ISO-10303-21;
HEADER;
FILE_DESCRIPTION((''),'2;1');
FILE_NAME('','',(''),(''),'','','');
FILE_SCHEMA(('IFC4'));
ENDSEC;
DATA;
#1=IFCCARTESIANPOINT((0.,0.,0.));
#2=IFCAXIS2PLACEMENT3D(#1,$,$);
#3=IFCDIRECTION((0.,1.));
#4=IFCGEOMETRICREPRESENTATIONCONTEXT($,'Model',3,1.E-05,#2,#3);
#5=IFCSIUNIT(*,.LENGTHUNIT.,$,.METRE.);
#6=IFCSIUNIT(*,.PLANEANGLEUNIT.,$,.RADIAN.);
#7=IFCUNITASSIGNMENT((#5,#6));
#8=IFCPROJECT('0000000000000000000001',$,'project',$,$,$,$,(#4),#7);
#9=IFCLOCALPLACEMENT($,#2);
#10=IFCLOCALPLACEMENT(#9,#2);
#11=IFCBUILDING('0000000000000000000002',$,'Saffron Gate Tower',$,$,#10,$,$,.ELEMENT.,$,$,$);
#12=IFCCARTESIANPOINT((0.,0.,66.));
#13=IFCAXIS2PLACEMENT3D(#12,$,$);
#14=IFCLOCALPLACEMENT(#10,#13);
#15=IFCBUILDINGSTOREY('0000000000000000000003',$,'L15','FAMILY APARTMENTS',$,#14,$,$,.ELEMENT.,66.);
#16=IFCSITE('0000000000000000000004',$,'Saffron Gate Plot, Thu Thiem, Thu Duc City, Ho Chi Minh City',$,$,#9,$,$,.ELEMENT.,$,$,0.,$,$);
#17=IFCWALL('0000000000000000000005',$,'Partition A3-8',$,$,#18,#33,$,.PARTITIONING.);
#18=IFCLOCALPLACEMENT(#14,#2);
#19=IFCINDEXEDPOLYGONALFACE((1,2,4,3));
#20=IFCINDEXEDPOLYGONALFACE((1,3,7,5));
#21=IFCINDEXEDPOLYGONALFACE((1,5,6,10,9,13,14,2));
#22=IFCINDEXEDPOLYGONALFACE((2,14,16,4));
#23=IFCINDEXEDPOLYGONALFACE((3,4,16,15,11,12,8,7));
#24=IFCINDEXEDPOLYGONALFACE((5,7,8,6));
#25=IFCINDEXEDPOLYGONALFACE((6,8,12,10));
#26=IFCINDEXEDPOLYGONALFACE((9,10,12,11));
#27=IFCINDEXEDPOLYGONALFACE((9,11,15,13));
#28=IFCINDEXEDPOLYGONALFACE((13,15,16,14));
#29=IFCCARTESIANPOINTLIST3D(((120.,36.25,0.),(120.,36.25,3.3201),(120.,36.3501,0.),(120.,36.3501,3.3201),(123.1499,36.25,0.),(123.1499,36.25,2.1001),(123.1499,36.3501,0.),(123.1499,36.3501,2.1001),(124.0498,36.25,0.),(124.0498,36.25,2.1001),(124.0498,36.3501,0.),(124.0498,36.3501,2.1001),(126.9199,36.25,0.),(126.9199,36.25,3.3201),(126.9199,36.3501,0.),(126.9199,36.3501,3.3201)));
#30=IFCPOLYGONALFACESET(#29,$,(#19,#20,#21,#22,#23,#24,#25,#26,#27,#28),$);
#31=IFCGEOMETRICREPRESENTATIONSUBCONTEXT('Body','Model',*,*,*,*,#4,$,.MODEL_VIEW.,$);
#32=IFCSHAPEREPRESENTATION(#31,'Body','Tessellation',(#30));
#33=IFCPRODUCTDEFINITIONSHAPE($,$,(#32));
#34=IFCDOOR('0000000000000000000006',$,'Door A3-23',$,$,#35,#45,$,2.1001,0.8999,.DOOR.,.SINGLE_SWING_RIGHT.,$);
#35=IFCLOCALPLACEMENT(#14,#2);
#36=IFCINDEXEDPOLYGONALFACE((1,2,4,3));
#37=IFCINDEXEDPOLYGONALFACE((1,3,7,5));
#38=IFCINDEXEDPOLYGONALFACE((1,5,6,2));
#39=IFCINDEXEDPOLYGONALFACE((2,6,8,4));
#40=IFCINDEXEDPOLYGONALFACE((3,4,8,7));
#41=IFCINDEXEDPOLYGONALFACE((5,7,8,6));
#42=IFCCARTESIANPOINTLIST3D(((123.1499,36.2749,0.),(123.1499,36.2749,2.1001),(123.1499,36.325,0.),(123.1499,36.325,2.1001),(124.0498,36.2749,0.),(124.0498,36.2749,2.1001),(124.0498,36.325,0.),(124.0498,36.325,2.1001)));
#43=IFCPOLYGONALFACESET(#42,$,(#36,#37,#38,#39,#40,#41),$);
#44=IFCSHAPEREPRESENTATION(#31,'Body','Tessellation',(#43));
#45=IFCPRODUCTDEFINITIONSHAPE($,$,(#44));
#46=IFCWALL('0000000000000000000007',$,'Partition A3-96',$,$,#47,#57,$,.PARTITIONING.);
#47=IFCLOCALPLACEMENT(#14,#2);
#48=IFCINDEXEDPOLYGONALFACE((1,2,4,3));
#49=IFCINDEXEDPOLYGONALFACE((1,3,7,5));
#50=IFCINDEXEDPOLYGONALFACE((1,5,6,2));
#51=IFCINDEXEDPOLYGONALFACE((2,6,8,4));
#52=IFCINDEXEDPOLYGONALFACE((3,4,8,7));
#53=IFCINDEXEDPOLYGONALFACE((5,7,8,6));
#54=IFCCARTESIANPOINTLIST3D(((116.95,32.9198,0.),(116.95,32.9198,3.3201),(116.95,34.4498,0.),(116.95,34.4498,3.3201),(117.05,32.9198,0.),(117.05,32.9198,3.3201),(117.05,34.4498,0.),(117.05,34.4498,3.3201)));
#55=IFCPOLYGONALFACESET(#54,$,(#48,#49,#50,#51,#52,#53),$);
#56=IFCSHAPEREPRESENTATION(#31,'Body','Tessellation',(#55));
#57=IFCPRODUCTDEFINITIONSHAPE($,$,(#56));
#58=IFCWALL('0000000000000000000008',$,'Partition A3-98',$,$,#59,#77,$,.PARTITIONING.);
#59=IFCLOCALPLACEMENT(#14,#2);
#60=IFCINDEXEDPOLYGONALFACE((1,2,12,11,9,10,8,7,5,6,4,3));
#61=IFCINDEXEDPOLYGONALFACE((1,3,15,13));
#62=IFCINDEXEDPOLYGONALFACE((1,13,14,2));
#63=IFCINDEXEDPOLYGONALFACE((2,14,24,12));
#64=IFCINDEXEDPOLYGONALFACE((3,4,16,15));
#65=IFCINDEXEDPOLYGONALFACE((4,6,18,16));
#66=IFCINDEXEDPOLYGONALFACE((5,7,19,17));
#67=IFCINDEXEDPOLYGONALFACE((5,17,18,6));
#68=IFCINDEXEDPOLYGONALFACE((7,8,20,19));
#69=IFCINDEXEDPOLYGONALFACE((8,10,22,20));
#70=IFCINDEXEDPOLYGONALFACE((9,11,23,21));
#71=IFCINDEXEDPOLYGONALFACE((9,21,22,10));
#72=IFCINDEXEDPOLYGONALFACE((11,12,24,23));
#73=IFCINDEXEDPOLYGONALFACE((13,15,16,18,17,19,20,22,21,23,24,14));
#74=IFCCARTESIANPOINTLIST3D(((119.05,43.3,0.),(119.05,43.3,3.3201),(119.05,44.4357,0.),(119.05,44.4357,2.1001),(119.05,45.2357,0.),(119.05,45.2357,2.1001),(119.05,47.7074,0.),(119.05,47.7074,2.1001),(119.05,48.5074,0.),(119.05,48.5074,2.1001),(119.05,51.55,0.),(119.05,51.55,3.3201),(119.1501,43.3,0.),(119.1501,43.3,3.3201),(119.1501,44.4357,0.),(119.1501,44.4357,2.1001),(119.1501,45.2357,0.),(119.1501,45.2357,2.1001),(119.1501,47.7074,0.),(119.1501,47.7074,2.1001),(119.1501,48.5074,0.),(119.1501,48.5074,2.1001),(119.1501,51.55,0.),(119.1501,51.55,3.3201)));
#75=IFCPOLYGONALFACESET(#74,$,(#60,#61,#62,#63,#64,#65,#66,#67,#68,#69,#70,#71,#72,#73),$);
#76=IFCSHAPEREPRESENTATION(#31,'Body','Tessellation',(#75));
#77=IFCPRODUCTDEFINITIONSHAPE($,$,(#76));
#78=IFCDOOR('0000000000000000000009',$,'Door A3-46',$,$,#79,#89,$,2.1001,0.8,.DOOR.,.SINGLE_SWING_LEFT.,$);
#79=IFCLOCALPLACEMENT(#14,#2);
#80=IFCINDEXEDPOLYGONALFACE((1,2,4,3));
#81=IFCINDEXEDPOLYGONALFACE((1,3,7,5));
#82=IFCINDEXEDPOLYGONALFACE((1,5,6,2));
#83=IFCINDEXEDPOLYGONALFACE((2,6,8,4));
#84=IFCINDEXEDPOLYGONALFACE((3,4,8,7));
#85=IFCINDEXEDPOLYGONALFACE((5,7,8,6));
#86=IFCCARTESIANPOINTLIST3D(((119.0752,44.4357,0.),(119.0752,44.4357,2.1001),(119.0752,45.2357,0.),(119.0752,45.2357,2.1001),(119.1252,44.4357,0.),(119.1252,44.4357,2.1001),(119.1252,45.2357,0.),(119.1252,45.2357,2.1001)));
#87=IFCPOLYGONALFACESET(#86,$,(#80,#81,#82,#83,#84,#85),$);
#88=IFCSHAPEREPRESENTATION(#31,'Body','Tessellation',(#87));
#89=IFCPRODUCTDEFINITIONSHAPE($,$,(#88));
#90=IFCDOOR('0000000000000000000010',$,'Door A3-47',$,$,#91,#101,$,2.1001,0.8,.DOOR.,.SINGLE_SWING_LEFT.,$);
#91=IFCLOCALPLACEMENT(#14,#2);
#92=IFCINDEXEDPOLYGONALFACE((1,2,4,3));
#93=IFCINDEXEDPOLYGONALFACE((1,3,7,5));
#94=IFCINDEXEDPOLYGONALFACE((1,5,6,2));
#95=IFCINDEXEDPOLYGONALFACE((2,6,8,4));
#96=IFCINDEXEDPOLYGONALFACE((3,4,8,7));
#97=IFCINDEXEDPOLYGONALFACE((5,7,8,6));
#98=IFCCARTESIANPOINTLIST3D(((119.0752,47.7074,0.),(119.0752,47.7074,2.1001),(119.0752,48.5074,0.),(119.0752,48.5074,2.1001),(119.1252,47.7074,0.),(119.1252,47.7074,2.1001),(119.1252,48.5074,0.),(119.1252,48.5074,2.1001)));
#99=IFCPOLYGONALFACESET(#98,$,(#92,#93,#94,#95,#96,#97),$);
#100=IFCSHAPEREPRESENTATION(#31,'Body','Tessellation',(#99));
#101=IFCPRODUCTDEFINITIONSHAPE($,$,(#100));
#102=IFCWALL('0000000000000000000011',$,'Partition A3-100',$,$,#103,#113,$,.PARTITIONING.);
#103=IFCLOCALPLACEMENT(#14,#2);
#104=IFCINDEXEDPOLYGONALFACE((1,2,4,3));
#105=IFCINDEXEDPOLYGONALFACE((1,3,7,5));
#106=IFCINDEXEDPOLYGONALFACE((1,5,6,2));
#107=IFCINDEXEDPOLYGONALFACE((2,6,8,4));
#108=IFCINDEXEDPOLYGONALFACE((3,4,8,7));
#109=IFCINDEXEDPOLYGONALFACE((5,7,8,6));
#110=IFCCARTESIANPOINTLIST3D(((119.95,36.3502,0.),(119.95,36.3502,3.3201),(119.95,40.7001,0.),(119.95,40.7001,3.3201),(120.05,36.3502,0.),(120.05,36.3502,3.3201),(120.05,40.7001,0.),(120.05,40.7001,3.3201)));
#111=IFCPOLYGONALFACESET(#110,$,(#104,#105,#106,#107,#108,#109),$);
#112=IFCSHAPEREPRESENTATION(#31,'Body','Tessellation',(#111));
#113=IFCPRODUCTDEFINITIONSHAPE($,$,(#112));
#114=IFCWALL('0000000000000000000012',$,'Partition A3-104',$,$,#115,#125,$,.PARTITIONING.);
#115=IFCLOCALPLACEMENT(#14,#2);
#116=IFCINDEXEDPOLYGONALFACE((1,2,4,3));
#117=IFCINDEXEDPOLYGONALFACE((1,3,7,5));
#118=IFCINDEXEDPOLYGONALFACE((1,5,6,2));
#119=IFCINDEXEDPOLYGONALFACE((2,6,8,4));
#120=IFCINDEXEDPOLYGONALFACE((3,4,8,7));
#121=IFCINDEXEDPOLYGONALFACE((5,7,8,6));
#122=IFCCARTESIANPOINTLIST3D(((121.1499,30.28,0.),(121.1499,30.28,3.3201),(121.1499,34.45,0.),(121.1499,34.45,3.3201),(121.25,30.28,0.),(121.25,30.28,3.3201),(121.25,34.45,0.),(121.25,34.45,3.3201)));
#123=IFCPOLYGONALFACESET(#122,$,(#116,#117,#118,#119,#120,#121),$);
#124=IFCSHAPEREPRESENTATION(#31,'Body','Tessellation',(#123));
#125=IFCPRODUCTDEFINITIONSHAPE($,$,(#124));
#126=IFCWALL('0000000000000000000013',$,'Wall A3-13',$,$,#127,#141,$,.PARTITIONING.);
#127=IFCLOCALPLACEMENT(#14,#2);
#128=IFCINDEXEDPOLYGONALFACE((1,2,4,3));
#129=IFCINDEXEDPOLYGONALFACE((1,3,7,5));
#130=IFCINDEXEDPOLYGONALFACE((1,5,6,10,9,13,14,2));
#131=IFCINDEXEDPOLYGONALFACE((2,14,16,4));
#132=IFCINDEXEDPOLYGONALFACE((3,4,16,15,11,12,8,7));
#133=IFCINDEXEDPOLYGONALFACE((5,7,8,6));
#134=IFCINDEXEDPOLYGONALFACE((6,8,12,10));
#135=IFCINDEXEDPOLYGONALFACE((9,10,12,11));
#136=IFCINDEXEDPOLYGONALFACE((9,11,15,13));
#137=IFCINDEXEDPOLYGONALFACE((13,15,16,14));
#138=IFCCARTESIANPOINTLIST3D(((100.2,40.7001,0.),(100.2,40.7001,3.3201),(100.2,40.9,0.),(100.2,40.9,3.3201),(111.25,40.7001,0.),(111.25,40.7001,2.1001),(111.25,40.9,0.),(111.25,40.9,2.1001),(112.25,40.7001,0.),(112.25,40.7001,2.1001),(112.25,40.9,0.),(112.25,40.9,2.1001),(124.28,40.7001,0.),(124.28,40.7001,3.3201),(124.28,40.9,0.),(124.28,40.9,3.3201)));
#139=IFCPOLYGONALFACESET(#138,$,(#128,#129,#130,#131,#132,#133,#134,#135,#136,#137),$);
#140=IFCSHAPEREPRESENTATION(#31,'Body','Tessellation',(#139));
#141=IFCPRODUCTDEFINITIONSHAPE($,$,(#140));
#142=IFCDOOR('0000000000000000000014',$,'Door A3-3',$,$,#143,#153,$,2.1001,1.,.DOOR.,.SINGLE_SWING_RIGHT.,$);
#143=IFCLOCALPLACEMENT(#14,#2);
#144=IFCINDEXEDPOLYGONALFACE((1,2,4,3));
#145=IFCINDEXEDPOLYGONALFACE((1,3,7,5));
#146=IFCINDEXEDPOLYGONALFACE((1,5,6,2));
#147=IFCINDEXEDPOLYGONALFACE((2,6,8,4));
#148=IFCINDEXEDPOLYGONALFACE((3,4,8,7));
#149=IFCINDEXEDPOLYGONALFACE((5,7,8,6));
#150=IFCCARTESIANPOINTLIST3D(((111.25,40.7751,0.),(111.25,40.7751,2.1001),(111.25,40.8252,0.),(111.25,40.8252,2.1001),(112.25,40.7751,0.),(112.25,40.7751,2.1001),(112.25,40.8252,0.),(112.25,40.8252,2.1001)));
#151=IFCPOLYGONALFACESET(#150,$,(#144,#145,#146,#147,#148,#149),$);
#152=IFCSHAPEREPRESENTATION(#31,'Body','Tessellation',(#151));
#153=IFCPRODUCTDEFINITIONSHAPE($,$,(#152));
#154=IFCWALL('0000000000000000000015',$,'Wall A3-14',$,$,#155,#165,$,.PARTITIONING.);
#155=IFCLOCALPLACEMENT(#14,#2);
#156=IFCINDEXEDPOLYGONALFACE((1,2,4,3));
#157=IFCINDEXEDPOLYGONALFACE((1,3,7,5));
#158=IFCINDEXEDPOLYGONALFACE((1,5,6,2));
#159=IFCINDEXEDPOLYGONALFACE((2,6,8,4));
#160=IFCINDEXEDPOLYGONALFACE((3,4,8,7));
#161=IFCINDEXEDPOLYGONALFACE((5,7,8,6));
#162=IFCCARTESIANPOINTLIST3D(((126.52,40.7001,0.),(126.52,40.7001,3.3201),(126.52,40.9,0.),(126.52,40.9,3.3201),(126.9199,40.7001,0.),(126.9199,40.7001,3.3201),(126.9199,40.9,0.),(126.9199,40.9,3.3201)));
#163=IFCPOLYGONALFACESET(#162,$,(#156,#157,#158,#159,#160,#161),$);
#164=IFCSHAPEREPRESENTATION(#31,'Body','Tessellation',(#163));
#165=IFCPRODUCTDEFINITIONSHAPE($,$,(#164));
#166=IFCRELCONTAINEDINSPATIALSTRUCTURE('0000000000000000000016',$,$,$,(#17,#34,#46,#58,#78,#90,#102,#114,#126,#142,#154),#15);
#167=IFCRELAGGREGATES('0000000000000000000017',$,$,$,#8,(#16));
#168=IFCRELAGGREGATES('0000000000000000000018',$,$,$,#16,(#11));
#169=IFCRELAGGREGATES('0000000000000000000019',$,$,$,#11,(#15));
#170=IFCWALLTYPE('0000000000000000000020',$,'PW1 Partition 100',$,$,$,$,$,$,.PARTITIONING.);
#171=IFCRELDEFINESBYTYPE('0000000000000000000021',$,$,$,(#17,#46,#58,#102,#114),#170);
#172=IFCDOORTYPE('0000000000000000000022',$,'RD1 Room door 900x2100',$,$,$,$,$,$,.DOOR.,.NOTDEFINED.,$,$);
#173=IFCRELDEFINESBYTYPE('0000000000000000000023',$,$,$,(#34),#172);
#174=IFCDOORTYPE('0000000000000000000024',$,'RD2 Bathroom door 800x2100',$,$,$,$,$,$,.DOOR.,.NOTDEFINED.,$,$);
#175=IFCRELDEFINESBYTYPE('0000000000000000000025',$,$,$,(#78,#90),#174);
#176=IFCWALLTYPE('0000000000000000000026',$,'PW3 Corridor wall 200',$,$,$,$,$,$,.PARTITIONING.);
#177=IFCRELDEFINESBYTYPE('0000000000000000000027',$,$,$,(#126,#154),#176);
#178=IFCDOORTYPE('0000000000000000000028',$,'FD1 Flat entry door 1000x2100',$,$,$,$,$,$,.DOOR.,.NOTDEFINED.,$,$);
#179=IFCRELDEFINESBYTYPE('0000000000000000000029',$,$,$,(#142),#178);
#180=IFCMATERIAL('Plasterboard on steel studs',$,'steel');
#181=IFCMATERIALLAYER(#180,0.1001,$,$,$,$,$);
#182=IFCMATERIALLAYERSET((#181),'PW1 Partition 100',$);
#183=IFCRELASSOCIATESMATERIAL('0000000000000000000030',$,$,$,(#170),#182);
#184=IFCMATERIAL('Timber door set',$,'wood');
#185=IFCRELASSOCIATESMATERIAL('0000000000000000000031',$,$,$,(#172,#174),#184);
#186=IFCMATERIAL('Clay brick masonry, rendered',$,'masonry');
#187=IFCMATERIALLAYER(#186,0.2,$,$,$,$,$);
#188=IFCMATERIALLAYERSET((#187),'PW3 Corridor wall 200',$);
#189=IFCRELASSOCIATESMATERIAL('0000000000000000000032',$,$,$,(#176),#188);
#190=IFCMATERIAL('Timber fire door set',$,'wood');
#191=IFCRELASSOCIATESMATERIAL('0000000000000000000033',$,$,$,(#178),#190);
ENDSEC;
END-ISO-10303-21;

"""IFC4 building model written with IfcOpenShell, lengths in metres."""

from ifc_helpers import new_model, si_unit, direction, frame, frame_2d, origin, place, context, subcontext, project, spatial, rectangle, extrude, material, layer, layer_set, type_object, element, fill, save


model = new_model("IFC4")

# Units and contexts
model_context = context("Model", 3, precision=1e-05, world=origin(), true_north=direction((0.0, 1.0)))
body_context = subcontext(model_context, "Body", "Model", "MODEL_VIEW")
ifc_project = project(units=[si_unit("LENGTHUNIT", "METRE"), si_unit("PLANEANGLEUNIT", "RADIAN")], contexts=[model_context])

# Site, building, storey
site_placement = place(None, origin())
site = spatial("IfcSite", under=ifc_project, at=site_placement, Name="Saffron Gate Plot, Thu Thiem, Thu Duc City, Ho Chi Minh City", CompositionType="ELEMENT", RefElevation=0.0)
building_placement = place(site_placement, origin())
building = spatial("IfcBuilding", under=site, at=building_placement, Name="Saffron Gate Tower", CompositionType="ELEMENT")
storey_placement = place(building_placement, frame((0.0, 0.0, 66.0)))
storey = spatial("IfcBuildingStorey", under=building, at=storey_placement, Name="L15", Description="FAMILY APARTMENTS", CompositionType="ELEMENT", Elevation=66.0)

# Shared definitions
ifc_material_1 = material(Name="Plasterboard on steel studs", Category="steel")
ifc_layer_1 = layer(ifc_material_1, 0.1001)
ifc_layer_set_1 = layer_set([ifc_layer_1], Name="PW1 Partition 100")
wall_type_1 = type_object("IfcWallType", Name="PW1 Partition 100", PredefinedType="PARTITIONING", material=ifc_layer_set_1)
ifc_material_2 = material(Name="Timber door set", Category="wood")
door_type_1 = type_object("IfcDoorType", Name="RD1 Room door 900x2100", OperationType="NOTDEFINED", PredefinedType="DOOR", material=ifc_material_2)

# Wall, opening, door
wall_1_placement = place(storey_placement, frame((120.0, 36.3, 0.0), z_axis=(0.0, 0.0, 1.0), x_axis=(1.0, 0.0, 0.0)))
wall_1 = element("IfcWall", 1, at=wall_1_placement, inside=storey, type_object=wall_type_1, Name="Partition A3-8", PredefinedType="PARTITIONING", context=body_context, shape_type="SweptSolid", body=[
    extrude(rectangle(XDim=6.9199, YDim=0.1001, at=frame_2d((3.46, 0.0))), origin(), (0.0, 0.0, 1.0), 3.3201),
])
opening_1_placement = place(wall_1_placement, frame((3.1499, 0.0, 0.0)))
opening_1 = element("IfcOpeningElement", 2, at=opening_1_placement, cuts=wall_1, PredefinedType="OPENING", context=body_context, shape_type="SweptSolid", body=[
    extrude(rectangle(XDim=0.8999, YDim=2.1001, at=frame_2d((0.45, 1.05))), frame((0.0, 0.0601, 0.0), z_axis=(0.0, -1.0, 0.0), x_axis=(1.0, 0.0, 0.0)), (0.0, 0.0, 1.0), 0.1201),
])
door_1_placement = place(opening_1_placement, origin())
door_1 = element("IfcDoor", 3, at=door_1_placement, inside=storey, type_object=door_type_1, Name="Door A3-23", OperationType="SINGLE_SWING_RIGHT", OverallHeight=2.1001, OverallWidth=0.8999, PredefinedType="DOOR", context=body_context, shape_type="SweptSolid", body=[
    extrude(rectangle(XDim=0.8999, YDim=2.1001, at=frame_2d((0.45, 1.05))), frame((0.0, 0.0249, 0.0), z_axis=(0.0, -1.0, 0.0), x_axis=(1.0, 0.0, 0.0)), (0.0, 0.0, 1.0), 0.05),
])
fill(opening_1, door_1)

# Wall
wall_2_placement = place(storey_placement, frame((117.0, 34.45, 0.0), z_axis=(0.0, 0.0, 1.0), x_axis=(0.0, -1.0, 0.0)))
element("IfcWall", 4, at=wall_2_placement, inside=storey, type_object=wall_type_1, Name="Partition A3-96", PredefinedType="PARTITIONING", context=body_context, shape_type="SweptSolid", body=[
    extrude(rectangle(XDim=1.53, YDim=0.1001, at=frame_2d((0.7651, 0.0))), origin(), (0.0, 0.0, 1.0), 3.3201),
])

# Wall, openings, doors
wall_3_placement = place(storey_placement, frame((119.1001, 43.3, 0.0), z_axis=(0.0, 0.0, 1.0), x_axis=(0.0, 1.0, 0.0)))
wall_3 = element("IfcWall", 5, at=wall_3_placement, inside=storey, type_object=wall_type_1, Name="Partition A3-98", PredefinedType="PARTITIONING", context=body_context, shape_type="SweptSolid", body=[
    extrude(rectangle(XDim=8.25, YDim=0.1001, at=frame_2d((4.125, 0.0))), origin(), (0.0, 0.0, 1.0), 3.3201),
])
opening_2_placement = place(wall_3_placement, frame((1.1357, 0.0, 0.0)))
opening_2 = element("IfcOpeningElement", 6, at=opening_2_placement, cuts=wall_3, PredefinedType="OPENING", context=body_context, shape_type="SweptSolid", body=[
    extrude(rectangle(XDim=0.8, YDim=2.1001, at=frame_2d((0.3999, 1.05))), frame((0.0, 0.0601, 0.0), z_axis=(0.0, -1.0, 0.0), x_axis=(1.0, 0.0, 0.0)), (0.0, 0.0, 1.0), 0.1201),
])
opening_3_placement = place(wall_3_placement, frame((4.4075, 0.0, 0.0)))
opening_3 = element("IfcOpeningElement", 7, at=opening_3_placement, cuts=wall_3, PredefinedType="OPENING", context=body_context, shape_type="SweptSolid", body=[
    extrude(rectangle(XDim=0.8, YDim=2.1001, at=frame_2d((0.3999, 1.05))), frame((0.0, 0.0601, 0.0), z_axis=(0.0, -1.0, 0.0), x_axis=(1.0, 0.0, 0.0)), (0.0, 0.0, 1.0), 0.1201),
])
door_type_2 = type_object("IfcDoorType", Name="RD2 Bathroom door 800x2100", OperationType="NOTDEFINED", PredefinedType="DOOR", material=ifc_material_2)
door_2_placement = place(opening_2_placement, origin())
door_2 = element("IfcDoor", 8, at=door_2_placement, inside=storey, type_object=door_type_2, Name="Door A3-46", OperationType="SINGLE_SWING_LEFT", OverallHeight=2.1001, OverallWidth=0.8, PredefinedType="DOOR", context=body_context, shape_type="SweptSolid", body=[
    extrude(rectangle(XDim=0.8, YDim=2.1001, at=frame_2d((0.3999, 1.05))), frame((0.0, 0.0249, 0.0), z_axis=(0.0, -1.0, 0.0), x_axis=(1.0, 0.0, 0.0)), (0.0, 0.0, 1.0), 0.05),
])
fill(opening_2, door_2)
door_3_placement = place(opening_3_placement, origin())
door_3 = element("IfcDoor", 9, at=door_3_placement, inside=storey, type_object=door_type_2, Name="Door A3-47", OperationType="SINGLE_SWING_LEFT", OverallHeight=2.1001, OverallWidth=0.8, PredefinedType="DOOR", context=body_context, shape_type="SweptSolid", body=[
    extrude(rectangle(XDim=0.8, YDim=2.1001, at=frame_2d((0.3999, 1.05))), frame((0.0, 0.0249, 0.0), z_axis=(0.0, -1.0, 0.0), x_axis=(1.0, 0.0, 0.0)), (0.0, 0.0, 1.0), 0.05),
])
fill(opening_3, door_3)

# Walls
wall_4_placement = place(storey_placement, frame((120.0, 40.7, 0.0), z_axis=(0.0, 0.0, 1.0), x_axis=(0.0, -1.0, 0.0)))
element("IfcWall", 10, at=wall_4_placement, inside=storey, type_object=wall_type_1, Name="Partition A3-100", PredefinedType="PARTITIONING", context=body_context, shape_type="SweptSolid", body=[
    extrude(rectangle(XDim=4.3499, YDim=0.1001, at=frame_2d((2.1748, 0.0))), origin(), (0.0, 0.0, 1.0), 3.3201),
])
wall_5_placement = place(storey_placement, frame((121.2, 34.45, 0.0), z_axis=(0.0, 0.0, 1.0), x_axis=(0.0, -1.0, 0.0)))
element("IfcWall", 11, at=wall_5_placement, inside=storey, type_object=wall_type_1, Name="Partition A3-104", PredefinedType="PARTITIONING", context=body_context, shape_type="SweptSolid", body=[
    extrude(rectangle(XDim=4.1699, YDim=0.1001, at=frame_2d((2.085, 0.0))), origin(), (0.0, 0.0, 1.0), 3.3201),
])

# Wall, opening, door
ifc_material_3 = material(Name="Clay brick masonry, rendered", Category="masonry")
ifc_layer_2 = layer(ifc_material_3, 0.2)
ifc_layer_set_2 = layer_set([ifc_layer_2], Name="PW3 Corridor wall 200")
wall_type_2 = type_object("IfcWallType", Name="PW3 Corridor wall 200", PredefinedType="PARTITIONING", material=ifc_layer_set_2)
wall_6_placement = place(storey_placement, frame((124.28, 40.8, 0.0), z_axis=(0.0, 0.0, 1.0), x_axis=(-1.0, 0.0, 0.0)))
wall_6 = element("IfcWall", 12, at=wall_6_placement, inside=storey, type_object=wall_type_2, Name="Wall A3-13", PredefinedType="PARTITIONING", context=body_context, shape_type="SweptSolid", body=[
    extrude(rectangle(XDim=24.0801, YDim=0.2, at=frame_2d((12.04, 0.0))), origin(), (0.0, 0.0, 1.0), 3.3201),
])
opening_4_placement = place(wall_6_placement, frame((12.03, 0.0, 0.0)))
opening_4 = element("IfcOpeningElement", 13, at=opening_4_placement, cuts=wall_6, PredefinedType="OPENING", context=body_context, shape_type="SweptSolid", body=[
    extrude(rectangle(XDim=1.0, YDim=2.1001, at=frame_2d((0.5, 1.05))), frame((0.0, 0.1099, 0.0), z_axis=(0.0, -1.0, 0.0), x_axis=(1.0, 0.0, 0.0)), (0.0, 0.0, 1.0), 0.22),
])
ifc_material_4 = material(Name="Timber fire door set", Category="wood")
door_type_3 = type_object("IfcDoorType", Name="FD1 Flat entry door 1000x2100", OperationType="NOTDEFINED", PredefinedType="DOOR", material=ifc_material_4)
door_4_placement = place(opening_4_placement, origin())
door_4 = element("IfcDoor", 14, at=door_4_placement, inside=storey, type_object=door_type_3, Name="Door A3-3", OperationType="SINGLE_SWING_RIGHT", OverallHeight=2.1001, OverallWidth=1.0, PredefinedType="DOOR", context=body_context, shape_type="SweptSolid", body=[
    extrude(rectangle(XDim=1.0, YDim=2.1001, at=frame_2d((0.5, 1.05))), frame((0.0, 0.0249, 0.0), z_axis=(0.0, -1.0, 0.0), x_axis=(1.0, 0.0, 0.0)), (0.0, 0.0, 1.0), 0.05),
])
fill(opening_4, door_4)

# Wall
wall_7_placement = place(storey_placement, frame((126.52, 40.8, 0.0), z_axis=(0.0, 0.0, 1.0), x_axis=(1.0, 0.0, 0.0)))
element("IfcWall", 15, at=wall_7_placement, inside=storey, type_object=wall_type_2, Name="Wall A3-14", PredefinedType="PARTITIONING", context=body_context, shape_type="SweptSolid", body=[
    extrude(rectangle(XDim=0.3999, YDim=0.2, at=frame_2d((0.2, 0.0))), origin(), (0.0, 0.0, 1.0), 3.3201),
])

save(model, "model.ifc")
